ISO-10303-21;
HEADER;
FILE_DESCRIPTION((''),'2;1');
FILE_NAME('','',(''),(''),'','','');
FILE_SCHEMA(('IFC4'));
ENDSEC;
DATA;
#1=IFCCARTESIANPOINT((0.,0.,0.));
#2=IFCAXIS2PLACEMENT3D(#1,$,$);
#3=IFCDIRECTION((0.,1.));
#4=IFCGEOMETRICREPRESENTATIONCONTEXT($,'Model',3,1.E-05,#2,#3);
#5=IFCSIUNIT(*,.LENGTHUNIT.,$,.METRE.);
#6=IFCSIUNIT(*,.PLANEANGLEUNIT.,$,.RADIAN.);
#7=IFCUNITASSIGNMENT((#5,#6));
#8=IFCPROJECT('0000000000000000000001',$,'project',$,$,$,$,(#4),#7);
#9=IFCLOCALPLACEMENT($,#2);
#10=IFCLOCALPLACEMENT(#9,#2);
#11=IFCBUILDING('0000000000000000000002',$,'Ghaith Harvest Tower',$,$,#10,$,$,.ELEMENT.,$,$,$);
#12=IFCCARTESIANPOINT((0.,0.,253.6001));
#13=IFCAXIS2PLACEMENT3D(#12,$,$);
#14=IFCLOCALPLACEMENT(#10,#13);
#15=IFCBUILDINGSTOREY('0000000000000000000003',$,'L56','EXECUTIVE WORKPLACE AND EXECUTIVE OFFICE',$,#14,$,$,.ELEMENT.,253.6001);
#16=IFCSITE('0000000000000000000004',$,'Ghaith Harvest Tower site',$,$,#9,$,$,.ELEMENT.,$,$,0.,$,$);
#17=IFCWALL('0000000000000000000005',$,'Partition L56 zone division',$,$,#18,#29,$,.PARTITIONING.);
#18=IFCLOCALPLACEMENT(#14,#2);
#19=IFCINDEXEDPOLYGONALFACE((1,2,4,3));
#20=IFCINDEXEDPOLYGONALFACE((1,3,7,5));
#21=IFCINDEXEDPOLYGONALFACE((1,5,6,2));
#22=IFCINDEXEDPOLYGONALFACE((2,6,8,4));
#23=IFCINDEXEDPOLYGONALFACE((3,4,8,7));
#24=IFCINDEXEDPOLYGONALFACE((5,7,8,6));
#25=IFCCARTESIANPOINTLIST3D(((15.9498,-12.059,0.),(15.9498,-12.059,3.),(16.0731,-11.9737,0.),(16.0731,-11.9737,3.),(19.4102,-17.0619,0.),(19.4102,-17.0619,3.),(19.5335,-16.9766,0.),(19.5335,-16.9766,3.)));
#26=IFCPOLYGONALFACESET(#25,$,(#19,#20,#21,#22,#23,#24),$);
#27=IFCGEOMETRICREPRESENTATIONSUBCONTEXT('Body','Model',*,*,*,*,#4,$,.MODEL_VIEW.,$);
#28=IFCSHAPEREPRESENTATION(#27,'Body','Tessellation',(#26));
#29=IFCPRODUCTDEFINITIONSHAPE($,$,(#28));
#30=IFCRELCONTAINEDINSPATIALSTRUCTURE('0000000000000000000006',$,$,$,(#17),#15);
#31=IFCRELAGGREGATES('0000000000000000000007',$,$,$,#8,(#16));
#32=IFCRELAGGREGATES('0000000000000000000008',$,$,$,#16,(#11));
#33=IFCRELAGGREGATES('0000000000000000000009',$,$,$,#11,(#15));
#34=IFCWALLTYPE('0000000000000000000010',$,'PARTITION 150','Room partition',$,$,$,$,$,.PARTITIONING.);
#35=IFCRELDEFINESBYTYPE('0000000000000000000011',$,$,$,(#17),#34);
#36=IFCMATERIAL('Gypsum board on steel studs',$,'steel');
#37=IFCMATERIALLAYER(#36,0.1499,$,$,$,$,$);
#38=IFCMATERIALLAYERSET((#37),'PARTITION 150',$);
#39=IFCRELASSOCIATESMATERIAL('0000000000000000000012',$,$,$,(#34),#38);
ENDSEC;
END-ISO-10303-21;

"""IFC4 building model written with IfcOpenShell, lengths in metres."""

from ifc_helpers import new_model, si_unit, direction, frame, frame_2d, origin, place, context, subcontext, project, spatial, rectangle, extrude, material, layer, layer_set, type_object, element, save


model = new_model("IFC4")

# Units and contexts
model_context = context("Model", 3, precision=1e-05, world=origin(), true_north=direction((0.0, 1.0)))
body_context = subcontext(model_context, "Body", "Model", "MODEL_VIEW")
ifc_project = project(units=[si_unit("LENGTHUNIT", "METRE"), si_unit("PLANEANGLEUNIT", "RADIAN")], contexts=[model_context])

# Site, building, storey
site_placement = place(None, origin())
site = spatial("IfcSite", under=ifc_project, at=site_placement, Name="Ghaith Harvest Tower site", CompositionType="ELEMENT", RefElevation=0.0)
building_placement = place(site_placement, origin())
building = spatial("IfcBuilding", under=site, at=building_placement, Name="Ghaith Harvest Tower", CompositionType="ELEMENT")
storey_placement = place(building_placement, frame((0.0, 0.0, 253.6001)))
storey = spatial("IfcBuildingStorey", under=building, at=storey_placement, Name="L56", Description="EXECUTIVE WORKPLACE AND EXECUTIVE OFFICE", CompositionType="ELEMENT", Elevation=253.6001)

# Shared definitions
ifc_material_1 = material(Name="Gypsum board on steel studs", Category="steel")
ifc_layer_1 = layer(ifc_material_1, 0.1499)
ifc_layer_set_1 = layer_set([ifc_layer_1], Name="PARTITION 150")
wall_type = type_object("IfcWallType", Name="PARTITION 150", Description="Room partition", PredefinedType="PARTITIONING", material=ifc_layer_set_1)

# Wall
wall_1_placement = place(storey_placement, frame((16.0115, -12.0164, 0.0), z_axis=(0.0, 0.0, 1.0), x_axis=(0.568863, -0.822432, 0.0)))
element("IfcWall", 1, at=wall_1_placement, inside=storey, type_object=wall_type, Name="Partition L56 zone division", PredefinedType="PARTITIONING", context=body_context, shape_type="SweptSolid", body=[
    extrude(rectangle(XDim=6.083, YDim=0.1499, at=frame_2d((3.0415, 0.0))), origin(), (0.0, 0.0, 1.0), 3.0),
])

save(model, "model.ifc")
